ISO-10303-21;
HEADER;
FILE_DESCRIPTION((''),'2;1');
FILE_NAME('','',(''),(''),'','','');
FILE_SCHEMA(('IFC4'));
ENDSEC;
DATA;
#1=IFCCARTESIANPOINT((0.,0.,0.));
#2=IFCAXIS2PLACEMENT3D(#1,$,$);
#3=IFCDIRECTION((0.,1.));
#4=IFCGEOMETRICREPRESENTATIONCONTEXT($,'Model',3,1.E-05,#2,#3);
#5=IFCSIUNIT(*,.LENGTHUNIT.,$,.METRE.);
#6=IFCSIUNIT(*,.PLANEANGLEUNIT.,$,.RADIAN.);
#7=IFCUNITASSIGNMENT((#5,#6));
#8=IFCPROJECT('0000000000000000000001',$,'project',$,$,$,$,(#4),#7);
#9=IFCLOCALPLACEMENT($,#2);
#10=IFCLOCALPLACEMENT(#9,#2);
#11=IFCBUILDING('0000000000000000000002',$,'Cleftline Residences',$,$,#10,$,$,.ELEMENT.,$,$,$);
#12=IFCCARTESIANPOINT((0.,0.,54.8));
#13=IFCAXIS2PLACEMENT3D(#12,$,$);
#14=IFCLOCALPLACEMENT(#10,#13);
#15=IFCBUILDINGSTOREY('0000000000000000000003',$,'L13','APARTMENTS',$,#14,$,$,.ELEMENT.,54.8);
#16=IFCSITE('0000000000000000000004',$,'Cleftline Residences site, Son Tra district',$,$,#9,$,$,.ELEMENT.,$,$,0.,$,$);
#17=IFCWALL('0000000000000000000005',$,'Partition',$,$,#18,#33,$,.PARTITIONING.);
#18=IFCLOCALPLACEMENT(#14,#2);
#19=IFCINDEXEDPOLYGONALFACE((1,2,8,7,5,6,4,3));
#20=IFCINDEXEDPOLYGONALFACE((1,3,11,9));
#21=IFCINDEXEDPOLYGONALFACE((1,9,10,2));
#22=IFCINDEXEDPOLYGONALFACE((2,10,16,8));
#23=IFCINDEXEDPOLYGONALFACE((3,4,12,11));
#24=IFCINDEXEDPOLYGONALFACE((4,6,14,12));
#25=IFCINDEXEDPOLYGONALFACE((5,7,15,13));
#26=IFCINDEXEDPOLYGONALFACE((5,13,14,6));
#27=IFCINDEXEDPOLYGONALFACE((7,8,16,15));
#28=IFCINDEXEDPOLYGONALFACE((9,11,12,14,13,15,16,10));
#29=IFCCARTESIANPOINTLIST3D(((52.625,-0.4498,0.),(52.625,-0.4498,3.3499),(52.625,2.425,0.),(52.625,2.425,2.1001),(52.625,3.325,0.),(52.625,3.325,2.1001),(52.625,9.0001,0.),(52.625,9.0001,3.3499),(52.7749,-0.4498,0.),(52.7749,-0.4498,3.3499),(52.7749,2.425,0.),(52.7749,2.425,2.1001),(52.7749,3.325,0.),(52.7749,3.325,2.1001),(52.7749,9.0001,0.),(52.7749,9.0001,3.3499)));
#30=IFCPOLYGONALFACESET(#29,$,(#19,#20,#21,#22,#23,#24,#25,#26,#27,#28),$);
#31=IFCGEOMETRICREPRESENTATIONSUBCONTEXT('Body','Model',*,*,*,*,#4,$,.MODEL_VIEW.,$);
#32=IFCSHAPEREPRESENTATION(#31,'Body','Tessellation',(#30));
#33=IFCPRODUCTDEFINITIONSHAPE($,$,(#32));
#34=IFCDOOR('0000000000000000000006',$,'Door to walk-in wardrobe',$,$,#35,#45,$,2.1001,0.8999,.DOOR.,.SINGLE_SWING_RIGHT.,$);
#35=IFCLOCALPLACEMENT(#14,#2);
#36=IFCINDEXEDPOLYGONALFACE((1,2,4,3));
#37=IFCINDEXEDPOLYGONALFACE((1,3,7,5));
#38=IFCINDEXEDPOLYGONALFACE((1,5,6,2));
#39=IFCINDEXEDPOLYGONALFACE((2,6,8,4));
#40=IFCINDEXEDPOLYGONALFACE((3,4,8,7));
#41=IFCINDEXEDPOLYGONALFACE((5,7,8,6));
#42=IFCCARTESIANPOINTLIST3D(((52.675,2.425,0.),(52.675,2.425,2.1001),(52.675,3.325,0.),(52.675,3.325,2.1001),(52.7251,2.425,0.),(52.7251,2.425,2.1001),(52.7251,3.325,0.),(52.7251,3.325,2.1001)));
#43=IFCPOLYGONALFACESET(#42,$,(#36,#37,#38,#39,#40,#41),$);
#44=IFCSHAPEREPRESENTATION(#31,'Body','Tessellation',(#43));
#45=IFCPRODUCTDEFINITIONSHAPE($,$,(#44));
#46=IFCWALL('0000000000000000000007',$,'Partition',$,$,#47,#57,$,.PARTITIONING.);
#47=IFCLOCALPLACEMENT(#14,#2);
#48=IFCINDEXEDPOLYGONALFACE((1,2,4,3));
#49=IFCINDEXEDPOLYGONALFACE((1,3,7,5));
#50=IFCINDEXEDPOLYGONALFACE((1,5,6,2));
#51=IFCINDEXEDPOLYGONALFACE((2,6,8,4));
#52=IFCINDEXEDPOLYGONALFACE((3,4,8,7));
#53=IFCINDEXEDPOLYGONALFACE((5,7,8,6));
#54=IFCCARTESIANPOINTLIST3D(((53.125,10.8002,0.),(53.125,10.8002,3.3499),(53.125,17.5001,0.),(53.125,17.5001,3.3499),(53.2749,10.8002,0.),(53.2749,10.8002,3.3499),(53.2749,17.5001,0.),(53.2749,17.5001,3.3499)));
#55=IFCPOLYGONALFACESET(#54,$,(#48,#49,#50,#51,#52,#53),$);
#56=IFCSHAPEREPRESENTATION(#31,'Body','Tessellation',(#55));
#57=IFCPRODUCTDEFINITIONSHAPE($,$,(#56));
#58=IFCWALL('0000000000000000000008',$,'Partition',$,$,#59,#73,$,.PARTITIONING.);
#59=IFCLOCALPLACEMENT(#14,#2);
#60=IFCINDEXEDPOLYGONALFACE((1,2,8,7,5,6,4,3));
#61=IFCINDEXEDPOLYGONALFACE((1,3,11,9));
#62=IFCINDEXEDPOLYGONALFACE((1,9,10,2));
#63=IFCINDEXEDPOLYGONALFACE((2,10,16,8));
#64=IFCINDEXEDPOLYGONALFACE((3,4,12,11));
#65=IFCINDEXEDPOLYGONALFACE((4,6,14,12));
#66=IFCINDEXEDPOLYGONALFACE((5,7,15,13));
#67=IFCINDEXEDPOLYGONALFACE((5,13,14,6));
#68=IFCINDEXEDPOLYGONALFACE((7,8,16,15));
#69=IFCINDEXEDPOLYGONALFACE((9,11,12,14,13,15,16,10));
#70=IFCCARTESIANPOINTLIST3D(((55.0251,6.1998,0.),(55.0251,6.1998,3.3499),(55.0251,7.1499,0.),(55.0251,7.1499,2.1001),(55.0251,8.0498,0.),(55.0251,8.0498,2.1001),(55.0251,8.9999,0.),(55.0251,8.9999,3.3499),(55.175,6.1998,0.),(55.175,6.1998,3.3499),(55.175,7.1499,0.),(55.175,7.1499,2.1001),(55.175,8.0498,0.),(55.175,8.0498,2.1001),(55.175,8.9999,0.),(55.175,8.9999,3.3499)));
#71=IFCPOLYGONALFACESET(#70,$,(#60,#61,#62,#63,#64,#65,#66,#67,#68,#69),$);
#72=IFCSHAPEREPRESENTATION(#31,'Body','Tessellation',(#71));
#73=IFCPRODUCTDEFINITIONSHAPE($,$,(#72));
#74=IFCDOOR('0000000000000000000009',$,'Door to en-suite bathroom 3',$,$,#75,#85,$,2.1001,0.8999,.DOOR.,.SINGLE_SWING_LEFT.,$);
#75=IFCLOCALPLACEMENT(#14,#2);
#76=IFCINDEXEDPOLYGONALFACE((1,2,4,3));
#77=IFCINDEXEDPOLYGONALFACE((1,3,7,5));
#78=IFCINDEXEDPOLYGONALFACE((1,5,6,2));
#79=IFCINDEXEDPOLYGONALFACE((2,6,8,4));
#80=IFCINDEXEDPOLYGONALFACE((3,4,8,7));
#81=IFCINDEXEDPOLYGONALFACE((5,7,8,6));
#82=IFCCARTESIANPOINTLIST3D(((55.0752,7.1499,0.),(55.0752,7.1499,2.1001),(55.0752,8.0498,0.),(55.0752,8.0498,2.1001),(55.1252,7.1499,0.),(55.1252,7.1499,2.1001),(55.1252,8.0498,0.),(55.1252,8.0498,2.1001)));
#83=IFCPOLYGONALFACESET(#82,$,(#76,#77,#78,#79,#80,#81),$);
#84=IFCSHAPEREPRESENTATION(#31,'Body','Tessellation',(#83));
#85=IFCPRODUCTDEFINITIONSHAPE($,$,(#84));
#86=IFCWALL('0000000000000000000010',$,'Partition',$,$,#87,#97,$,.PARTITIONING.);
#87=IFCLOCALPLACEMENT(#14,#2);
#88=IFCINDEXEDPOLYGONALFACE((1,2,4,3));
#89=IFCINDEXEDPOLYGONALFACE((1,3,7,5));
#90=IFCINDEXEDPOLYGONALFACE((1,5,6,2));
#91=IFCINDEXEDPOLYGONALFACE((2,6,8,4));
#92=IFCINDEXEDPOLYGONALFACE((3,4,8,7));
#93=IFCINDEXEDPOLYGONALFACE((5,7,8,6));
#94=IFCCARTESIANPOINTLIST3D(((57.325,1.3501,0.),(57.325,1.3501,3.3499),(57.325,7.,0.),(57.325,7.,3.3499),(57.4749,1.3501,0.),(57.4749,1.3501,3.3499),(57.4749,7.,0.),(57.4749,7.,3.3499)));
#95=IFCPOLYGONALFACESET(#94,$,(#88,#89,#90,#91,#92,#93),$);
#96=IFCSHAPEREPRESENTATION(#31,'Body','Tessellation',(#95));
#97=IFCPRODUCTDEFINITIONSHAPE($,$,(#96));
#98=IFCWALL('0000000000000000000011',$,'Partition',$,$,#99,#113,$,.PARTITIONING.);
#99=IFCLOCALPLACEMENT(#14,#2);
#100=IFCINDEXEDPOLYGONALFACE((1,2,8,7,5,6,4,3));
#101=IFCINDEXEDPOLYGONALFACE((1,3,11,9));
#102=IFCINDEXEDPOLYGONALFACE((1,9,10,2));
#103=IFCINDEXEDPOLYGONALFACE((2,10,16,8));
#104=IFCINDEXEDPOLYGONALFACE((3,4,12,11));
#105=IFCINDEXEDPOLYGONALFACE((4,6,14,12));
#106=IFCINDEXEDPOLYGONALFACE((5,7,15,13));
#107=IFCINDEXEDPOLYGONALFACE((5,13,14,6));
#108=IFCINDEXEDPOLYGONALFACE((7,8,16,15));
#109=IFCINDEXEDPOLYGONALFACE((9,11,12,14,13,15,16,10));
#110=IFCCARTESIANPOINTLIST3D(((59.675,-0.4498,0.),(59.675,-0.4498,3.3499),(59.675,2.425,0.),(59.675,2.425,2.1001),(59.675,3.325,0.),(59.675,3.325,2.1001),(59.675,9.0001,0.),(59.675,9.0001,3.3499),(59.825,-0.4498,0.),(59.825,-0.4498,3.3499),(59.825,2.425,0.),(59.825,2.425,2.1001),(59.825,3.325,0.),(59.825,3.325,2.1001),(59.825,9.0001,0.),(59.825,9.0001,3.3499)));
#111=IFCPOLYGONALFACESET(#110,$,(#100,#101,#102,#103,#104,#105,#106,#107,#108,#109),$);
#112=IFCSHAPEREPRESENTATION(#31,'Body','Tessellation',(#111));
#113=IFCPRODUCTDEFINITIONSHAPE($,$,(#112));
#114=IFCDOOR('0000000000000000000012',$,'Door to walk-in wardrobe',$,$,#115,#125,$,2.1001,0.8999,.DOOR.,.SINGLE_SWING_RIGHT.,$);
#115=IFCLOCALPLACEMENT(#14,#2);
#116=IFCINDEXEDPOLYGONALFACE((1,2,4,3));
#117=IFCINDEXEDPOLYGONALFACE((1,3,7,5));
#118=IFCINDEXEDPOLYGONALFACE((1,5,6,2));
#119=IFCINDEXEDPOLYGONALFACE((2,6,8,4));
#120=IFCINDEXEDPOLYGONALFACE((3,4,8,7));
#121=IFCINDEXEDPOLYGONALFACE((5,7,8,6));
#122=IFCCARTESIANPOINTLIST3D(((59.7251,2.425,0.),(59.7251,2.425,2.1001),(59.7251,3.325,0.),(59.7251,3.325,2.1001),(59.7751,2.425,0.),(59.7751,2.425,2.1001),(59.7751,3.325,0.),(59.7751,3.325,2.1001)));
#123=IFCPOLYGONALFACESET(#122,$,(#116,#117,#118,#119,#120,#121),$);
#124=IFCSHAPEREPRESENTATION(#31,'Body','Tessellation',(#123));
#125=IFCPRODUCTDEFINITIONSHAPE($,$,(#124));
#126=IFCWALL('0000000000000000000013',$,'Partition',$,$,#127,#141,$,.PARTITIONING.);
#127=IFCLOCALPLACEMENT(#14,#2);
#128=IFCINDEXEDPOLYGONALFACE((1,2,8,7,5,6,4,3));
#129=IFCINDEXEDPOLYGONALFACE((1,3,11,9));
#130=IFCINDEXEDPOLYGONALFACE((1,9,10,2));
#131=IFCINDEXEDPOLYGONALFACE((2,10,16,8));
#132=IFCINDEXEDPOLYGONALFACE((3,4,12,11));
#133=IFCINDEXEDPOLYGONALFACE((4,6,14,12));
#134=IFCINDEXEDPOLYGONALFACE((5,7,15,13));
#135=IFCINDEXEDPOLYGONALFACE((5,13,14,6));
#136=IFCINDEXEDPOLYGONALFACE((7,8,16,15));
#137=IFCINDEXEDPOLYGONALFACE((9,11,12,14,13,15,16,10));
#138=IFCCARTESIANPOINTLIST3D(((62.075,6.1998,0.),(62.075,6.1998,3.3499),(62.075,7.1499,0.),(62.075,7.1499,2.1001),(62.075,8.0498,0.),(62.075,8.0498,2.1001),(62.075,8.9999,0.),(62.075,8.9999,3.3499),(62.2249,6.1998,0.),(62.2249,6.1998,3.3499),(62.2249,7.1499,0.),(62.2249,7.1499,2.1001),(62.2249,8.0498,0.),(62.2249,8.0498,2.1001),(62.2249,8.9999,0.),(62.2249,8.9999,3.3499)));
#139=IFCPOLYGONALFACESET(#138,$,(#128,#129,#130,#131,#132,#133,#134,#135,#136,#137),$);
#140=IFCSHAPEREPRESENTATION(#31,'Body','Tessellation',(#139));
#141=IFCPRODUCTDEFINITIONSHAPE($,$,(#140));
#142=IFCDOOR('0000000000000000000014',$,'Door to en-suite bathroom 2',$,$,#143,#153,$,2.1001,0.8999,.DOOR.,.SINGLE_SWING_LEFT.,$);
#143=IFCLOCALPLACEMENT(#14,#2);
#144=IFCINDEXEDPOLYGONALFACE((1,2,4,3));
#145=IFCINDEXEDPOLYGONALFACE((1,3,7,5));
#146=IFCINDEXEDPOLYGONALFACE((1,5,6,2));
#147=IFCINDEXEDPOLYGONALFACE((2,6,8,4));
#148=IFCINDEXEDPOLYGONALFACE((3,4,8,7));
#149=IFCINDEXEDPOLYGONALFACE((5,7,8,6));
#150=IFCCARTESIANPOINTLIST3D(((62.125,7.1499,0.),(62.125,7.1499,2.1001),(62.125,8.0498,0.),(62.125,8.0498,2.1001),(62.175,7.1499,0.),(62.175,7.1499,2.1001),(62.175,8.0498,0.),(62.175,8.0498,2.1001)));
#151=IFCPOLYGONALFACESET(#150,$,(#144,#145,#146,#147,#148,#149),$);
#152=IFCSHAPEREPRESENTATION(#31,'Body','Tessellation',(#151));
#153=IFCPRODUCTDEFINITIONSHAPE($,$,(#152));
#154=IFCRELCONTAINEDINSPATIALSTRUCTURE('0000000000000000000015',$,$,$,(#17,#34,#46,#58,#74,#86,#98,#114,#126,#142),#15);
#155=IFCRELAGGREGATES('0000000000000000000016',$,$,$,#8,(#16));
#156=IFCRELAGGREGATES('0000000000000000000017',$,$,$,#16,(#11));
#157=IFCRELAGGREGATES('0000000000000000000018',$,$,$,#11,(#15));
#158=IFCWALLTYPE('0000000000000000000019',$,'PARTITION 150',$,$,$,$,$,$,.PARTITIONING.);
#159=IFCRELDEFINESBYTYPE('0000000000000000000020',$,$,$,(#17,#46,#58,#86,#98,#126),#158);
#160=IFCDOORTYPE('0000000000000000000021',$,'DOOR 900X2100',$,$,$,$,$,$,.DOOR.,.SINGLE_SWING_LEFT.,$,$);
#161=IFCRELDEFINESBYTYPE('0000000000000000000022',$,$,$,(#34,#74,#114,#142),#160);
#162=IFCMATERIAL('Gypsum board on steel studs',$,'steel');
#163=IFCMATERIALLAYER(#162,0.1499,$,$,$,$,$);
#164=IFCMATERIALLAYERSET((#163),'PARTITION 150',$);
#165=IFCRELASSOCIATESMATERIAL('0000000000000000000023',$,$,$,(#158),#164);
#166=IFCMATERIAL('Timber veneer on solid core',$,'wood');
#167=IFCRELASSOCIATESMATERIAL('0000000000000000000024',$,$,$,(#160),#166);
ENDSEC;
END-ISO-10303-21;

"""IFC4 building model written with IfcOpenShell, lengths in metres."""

from ifc_helpers import new_model, si_unit, direction, frame, frame_2d, origin, place, context, subcontext, project, spatial, rectangle, extrude, material, layer, layer_set, type_object, element, fill, save


model = new_model("IFC4")

# Units and contexts
model_context = context("Model", 3, precision=1e-05, world=origin(), true_north=direction((0.0, 1.0)))
body_context = subcontext(model_context, "Body", "Model", "MODEL_VIEW")
ifc_project = project(units=[si_unit("LENGTHUNIT", "METRE"), si_unit("PLANEANGLEUNIT", "RADIAN")], contexts=[model_context])

# Site, building, storey
site_placement = place(None, origin())
site = spatial("IfcSite", under=ifc_project, at=site_placement, Name="Cleftline Residences site, Son Tra district", CompositionType="ELEMENT", RefElevation=0.0)
building_placement = place(site_placement, origin())
building = spatial("IfcBuilding", under=site, at=building_placement, Name="Cleftline Residences", CompositionType="ELEMENT")
storey_placement = place(building_placement, frame((0.0, 0.0, 54.8)))
storey = spatial("IfcBuildingStorey", under=building, at=storey_placement, Name="L13", Description="APARTMENTS", CompositionType="ELEMENT", Elevation=54.8)

# Shared definitions
ifc_material_1 = material(Name="Gypsum board on steel studs", Category="steel")
ifc_layer_1 = layer(ifc_material_1, 0.1499)
ifc_layer_set_1 = layer_set([ifc_layer_1], Name="PARTITION 150")
wall_type_1 = type_object("IfcWallType", Name="PARTITION 150", PredefinedType="PARTITIONING", material=ifc_layer_set_1)

# Wall, opening, door
wall_1_placement = place(storey_placement, frame((52.7, -0.45, 0.0), z_axis=(0.0, 0.0, 1.0), x_axis=(0.0, 1.0, 0.0)))
wall_1 = element("IfcWall", 1, at=wall_1_placement, inside=storey, type_object=wall_type_1, Name="Partition", PredefinedType="PARTITIONING", context=body_context, shape_type="SweptSolid", body=[
    extrude(rectangle(XDim=9.45, YDim=0.1499, at=frame_2d((4.7251, 0.0))), origin(), (0.0, 0.0, 1.0), 3.3499),
])
opening_1_placement = place(wall_1_placement, frame((2.875, 0.0, 0.0)))
opening_1 = element("IfcOpeningElement", 2, at=opening_1_placement, cuts=wall_1, PredefinedType="OPENING", context=body_context, shape_type="SweptSolid", body=[
    extrude(rectangle(XDim=0.8999, YDim=2.1001, at=frame_2d((0.45, 1.05))), frame((0.0, 0.085, 0.0), z_axis=(0.0, -1.0, 0.0), x_axis=(1.0, 0.0, 0.0)), (0.0, 0.0, 1.0), 0.1699),
])
ifc_material_2 = material(Name="Timber veneer on solid core", Category="wood")
door_type_1 = type_object("IfcDoorType", Name="DOOR 900X2100", OperationType="SINGLE_SWING_LEFT", PredefinedType="DOOR", material=ifc_material_2)
door_1_placement = place(opening_1_placement, origin())
door_1 = element("IfcDoor", 3, at=door_1_placement, inside=storey, type_object=door_type_1, Name="Door to walk-in wardrobe", OperationType="SINGLE_SWING_RIGHT", OverallHeight=2.1001, OverallWidth=0.8999, PredefinedType="DOOR", context=body_context, shape_type="SweptSolid", body=[
    extrude(rectangle(XDim=0.8999, YDim=2.1001, at=frame_2d((0.45, 1.05))), frame((0.0, 0.0249, 0.0), z_axis=(0.0, -1.0, 0.0), x_axis=(1.0, 0.0, 0.0)), (0.0, 0.0, 1.0), 0.05),
])
fill(opening_1, door_1)

# Wall
wall_2_placement = place(storey_placement, frame((53.2, 10.8, 0.0), z_axis=(0.0, 0.0, 1.0), x_axis=(0.0, 1.0, 0.0)))
element("IfcWall", 4, at=wall_2_placement, inside=storey, type_object=wall_type_1, Name="Partition", PredefinedType="PARTITIONING", context=body_context, shape_type="SweptSolid", body=[
    extrude(rectangle(XDim=6.7, YDim=0.1499, at=frame_2d((3.3501, 0.0))), origin(), (0.0, 0.0, 1.0), 3.3499),
])

# Wall, opening, door
wall_3_placement = place(storey_placement, frame((55.1001, 6.2, 0.0), z_axis=(0.0, 0.0, 1.0), x_axis=(0.0, 1.0, 0.0)))
wall_3 = element("IfcWall", 5, at=wall_3_placement, inside=storey, type_object=wall_type_1, Name="Partition", PredefinedType="PARTITIONING", context=body_context, shape_type="SweptSolid", body=[
    extrude(rectangle(XDim=2.8, YDim=0.1499, at=frame_2d((1.3999, 0.0))), origin(), (0.0, 0.0, 1.0), 3.3499),
])
opening_2_placement = place(wall_3_placement, frame((0.95, 0.0, 0.0)))
opening_2 = element("IfcOpeningElement", 6, at=opening_2_placement, cuts=wall_3, PredefinedType="OPENING", context=body_context, shape_type="SweptSolid", body=[
    extrude(rectangle(XDim=0.8999, YDim=2.1001, at=frame_2d((0.45, 1.05))), frame((0.0, 0.085, 0.0), z_axis=(0.0, -1.0, 0.0), x_axis=(1.0, 0.0, 0.0)), (0.0, 0.0, 1.0), 0.1699),
])
door_2_placement = place(opening_2_placement, origin())
door_2 = element("IfcDoor", 7, at=door_2_placement, inside=storey, type_object=door_type_1, Name="Door to en-suite bathroom 3", OperationType="SINGLE_SWING_LEFT", OverallHeight=2.1001, OverallWidth=0.8999, PredefinedType="DOOR", context=body_context, shape_type="SweptSolid", body=[
    extrude(rectangle(XDim=0.8999, YDim=2.1001, at=frame_2d((0.45, 1.05))), frame((0.0, 0.0249, 0.0), z_axis=(0.0, -1.0, 0.0), x_axis=(1.0, 0.0, 0.0)), (0.0, 0.0, 1.0), 0.05),
])
fill(opening_2, door_2)

# Wall
wall_4_placement = place(storey_placement, frame((57.3999, 1.3501, 0.0), z_axis=(0.0, 0.0, 1.0), x_axis=(0.0, 1.0, 0.0)))
element("IfcWall", 8, at=wall_4_placement, inside=storey, type_object=wall_type_1, Name="Partition", PredefinedType="PARTITIONING", context=body_context, shape_type="SweptSolid", body=[
    extrude(rectangle(XDim=5.6499, YDim=0.1499, at=frame_2d((2.825, 0.0))), origin(), (0.0, 0.0, 1.0), 3.3499),
])

# Walls, openings, doors
wall_5_placement = place(storey_placement, frame((59.75, -0.45, 0.0), z_axis=(0.0, 0.0, 1.0), x_axis=(0.0, 1.0, 0.0)))
wall_5 = element("IfcWall", 9, at=wall_5_placement, inside=storey, type_object=wall_type_1, Name="Partition", PredefinedType="PARTITIONING", context=body_context, shape_type="SweptSolid", body=[
    extrude(rectangle(XDim=9.45, YDim=0.1499, at=frame_2d((4.7251, 0.0))), origin(), (0.0, 0.0, 1.0), 3.3499),
])
opening_3_placement = place(wall_5_placement, frame((2.875, 0.0, 0.0)))
opening_3 = element("IfcOpeningElement", 10, at=opening_3_placement, cuts=wall_5, PredefinedType="OPENING", context=body_context, shape_type="SweptSolid", body=[
    extrude(rectangle(XDim=0.8999, YDim=2.1001, at=frame_2d((0.45, 1.05))), frame((0.0, 0.085, 0.0), z_axis=(0.0, -1.0, 0.0), x_axis=(1.0, 0.0, 0.0)), (0.0, 0.0, 1.0), 0.1699),
])
door_3_placement = place(opening_3_placement, origin())
door_3 = element("IfcDoor", 11, at=door_3_placement, inside=storey, type_object=door_type_1, Name="Door to walk-in wardrobe", OperationType="SINGLE_SWING_RIGHT", OverallHeight=2.1001, OverallWidth=0.8999, PredefinedType="DOOR", context=body_context, shape_type="SweptSolid", body=[
    extrude(rectangle(XDim=0.8999, YDim=2.1001, at=frame_2d((0.45, 1.05))), frame((0.0, 0.0249, 0.0), z_axis=(0.0, -1.0, 0.0), x_axis=(1.0, 0.0, 0.0)), (0.0, 0.0, 1.0), 0.05),
])
fill(opening_3, door_3)
wall_6_placement = place(storey_placement, frame((62.1499, 6.2, 0.0), z_axis=(0.0, 0.0, 1.0), x_axis=(0.0, 1.0, 0.0)))
wall_6 = element("IfcWall", 12, at=wall_6_placement, inside=storey, type_object=wall_type_1, Name="Partition", PredefinedType="PARTITIONING", context=body_context, shape_type="SweptSolid", body=[
    extrude(rectangle(XDim=2.8, YDim=0.1499, at=frame_2d((1.3999, 0.0))), origin(), (0.0, 0.0, 1.0), 3.3499),
])
opening_4_placement = place(wall_6_placement, frame((0.95, 0.0, 0.0)))
opening_4 = element("IfcOpeningElement", 13, at=opening_4_placement, cuts=wall_6, PredefinedType="OPENING", context=body_context, shape_type="SweptSolid", body=[
    extrude(rectangle(XDim=0.8999, YDim=2.1001, at=frame_2d((0.45, 1.05))), frame((0.0, 0.085, 0.0), z_axis=(0.0, -1.0, 0.0), x_axis=(1.0, 0.0, 0.0)), (0.0, 0.0, 1.0), 0.1699),
])
door_4_placement = place(opening_4_placement, origin())
door_4 = element("IfcDoor", 14, at=door_4_placement, inside=storey, type_object=door_type_1, Name="Door to en-suite bathroom 2", OperationType="SINGLE_SWING_LEFT", OverallHeight=2.1001, OverallWidth=0.8999, PredefinedType="DOOR", context=body_context, shape_type="SweptSolid", body=[
    extrude(rectangle(XDim=0.8999, YDim=2.1001, at=frame_2d((0.45, 1.05))), frame((0.0, 0.0249, 0.0), z_axis=(0.0, -1.0, 0.0), x_axis=(1.0, 0.0, 0.0)), (0.0, 0.0, 1.0), 0.05),
])
fill(opening_4, door_4)

save(model, "model.ifc")
